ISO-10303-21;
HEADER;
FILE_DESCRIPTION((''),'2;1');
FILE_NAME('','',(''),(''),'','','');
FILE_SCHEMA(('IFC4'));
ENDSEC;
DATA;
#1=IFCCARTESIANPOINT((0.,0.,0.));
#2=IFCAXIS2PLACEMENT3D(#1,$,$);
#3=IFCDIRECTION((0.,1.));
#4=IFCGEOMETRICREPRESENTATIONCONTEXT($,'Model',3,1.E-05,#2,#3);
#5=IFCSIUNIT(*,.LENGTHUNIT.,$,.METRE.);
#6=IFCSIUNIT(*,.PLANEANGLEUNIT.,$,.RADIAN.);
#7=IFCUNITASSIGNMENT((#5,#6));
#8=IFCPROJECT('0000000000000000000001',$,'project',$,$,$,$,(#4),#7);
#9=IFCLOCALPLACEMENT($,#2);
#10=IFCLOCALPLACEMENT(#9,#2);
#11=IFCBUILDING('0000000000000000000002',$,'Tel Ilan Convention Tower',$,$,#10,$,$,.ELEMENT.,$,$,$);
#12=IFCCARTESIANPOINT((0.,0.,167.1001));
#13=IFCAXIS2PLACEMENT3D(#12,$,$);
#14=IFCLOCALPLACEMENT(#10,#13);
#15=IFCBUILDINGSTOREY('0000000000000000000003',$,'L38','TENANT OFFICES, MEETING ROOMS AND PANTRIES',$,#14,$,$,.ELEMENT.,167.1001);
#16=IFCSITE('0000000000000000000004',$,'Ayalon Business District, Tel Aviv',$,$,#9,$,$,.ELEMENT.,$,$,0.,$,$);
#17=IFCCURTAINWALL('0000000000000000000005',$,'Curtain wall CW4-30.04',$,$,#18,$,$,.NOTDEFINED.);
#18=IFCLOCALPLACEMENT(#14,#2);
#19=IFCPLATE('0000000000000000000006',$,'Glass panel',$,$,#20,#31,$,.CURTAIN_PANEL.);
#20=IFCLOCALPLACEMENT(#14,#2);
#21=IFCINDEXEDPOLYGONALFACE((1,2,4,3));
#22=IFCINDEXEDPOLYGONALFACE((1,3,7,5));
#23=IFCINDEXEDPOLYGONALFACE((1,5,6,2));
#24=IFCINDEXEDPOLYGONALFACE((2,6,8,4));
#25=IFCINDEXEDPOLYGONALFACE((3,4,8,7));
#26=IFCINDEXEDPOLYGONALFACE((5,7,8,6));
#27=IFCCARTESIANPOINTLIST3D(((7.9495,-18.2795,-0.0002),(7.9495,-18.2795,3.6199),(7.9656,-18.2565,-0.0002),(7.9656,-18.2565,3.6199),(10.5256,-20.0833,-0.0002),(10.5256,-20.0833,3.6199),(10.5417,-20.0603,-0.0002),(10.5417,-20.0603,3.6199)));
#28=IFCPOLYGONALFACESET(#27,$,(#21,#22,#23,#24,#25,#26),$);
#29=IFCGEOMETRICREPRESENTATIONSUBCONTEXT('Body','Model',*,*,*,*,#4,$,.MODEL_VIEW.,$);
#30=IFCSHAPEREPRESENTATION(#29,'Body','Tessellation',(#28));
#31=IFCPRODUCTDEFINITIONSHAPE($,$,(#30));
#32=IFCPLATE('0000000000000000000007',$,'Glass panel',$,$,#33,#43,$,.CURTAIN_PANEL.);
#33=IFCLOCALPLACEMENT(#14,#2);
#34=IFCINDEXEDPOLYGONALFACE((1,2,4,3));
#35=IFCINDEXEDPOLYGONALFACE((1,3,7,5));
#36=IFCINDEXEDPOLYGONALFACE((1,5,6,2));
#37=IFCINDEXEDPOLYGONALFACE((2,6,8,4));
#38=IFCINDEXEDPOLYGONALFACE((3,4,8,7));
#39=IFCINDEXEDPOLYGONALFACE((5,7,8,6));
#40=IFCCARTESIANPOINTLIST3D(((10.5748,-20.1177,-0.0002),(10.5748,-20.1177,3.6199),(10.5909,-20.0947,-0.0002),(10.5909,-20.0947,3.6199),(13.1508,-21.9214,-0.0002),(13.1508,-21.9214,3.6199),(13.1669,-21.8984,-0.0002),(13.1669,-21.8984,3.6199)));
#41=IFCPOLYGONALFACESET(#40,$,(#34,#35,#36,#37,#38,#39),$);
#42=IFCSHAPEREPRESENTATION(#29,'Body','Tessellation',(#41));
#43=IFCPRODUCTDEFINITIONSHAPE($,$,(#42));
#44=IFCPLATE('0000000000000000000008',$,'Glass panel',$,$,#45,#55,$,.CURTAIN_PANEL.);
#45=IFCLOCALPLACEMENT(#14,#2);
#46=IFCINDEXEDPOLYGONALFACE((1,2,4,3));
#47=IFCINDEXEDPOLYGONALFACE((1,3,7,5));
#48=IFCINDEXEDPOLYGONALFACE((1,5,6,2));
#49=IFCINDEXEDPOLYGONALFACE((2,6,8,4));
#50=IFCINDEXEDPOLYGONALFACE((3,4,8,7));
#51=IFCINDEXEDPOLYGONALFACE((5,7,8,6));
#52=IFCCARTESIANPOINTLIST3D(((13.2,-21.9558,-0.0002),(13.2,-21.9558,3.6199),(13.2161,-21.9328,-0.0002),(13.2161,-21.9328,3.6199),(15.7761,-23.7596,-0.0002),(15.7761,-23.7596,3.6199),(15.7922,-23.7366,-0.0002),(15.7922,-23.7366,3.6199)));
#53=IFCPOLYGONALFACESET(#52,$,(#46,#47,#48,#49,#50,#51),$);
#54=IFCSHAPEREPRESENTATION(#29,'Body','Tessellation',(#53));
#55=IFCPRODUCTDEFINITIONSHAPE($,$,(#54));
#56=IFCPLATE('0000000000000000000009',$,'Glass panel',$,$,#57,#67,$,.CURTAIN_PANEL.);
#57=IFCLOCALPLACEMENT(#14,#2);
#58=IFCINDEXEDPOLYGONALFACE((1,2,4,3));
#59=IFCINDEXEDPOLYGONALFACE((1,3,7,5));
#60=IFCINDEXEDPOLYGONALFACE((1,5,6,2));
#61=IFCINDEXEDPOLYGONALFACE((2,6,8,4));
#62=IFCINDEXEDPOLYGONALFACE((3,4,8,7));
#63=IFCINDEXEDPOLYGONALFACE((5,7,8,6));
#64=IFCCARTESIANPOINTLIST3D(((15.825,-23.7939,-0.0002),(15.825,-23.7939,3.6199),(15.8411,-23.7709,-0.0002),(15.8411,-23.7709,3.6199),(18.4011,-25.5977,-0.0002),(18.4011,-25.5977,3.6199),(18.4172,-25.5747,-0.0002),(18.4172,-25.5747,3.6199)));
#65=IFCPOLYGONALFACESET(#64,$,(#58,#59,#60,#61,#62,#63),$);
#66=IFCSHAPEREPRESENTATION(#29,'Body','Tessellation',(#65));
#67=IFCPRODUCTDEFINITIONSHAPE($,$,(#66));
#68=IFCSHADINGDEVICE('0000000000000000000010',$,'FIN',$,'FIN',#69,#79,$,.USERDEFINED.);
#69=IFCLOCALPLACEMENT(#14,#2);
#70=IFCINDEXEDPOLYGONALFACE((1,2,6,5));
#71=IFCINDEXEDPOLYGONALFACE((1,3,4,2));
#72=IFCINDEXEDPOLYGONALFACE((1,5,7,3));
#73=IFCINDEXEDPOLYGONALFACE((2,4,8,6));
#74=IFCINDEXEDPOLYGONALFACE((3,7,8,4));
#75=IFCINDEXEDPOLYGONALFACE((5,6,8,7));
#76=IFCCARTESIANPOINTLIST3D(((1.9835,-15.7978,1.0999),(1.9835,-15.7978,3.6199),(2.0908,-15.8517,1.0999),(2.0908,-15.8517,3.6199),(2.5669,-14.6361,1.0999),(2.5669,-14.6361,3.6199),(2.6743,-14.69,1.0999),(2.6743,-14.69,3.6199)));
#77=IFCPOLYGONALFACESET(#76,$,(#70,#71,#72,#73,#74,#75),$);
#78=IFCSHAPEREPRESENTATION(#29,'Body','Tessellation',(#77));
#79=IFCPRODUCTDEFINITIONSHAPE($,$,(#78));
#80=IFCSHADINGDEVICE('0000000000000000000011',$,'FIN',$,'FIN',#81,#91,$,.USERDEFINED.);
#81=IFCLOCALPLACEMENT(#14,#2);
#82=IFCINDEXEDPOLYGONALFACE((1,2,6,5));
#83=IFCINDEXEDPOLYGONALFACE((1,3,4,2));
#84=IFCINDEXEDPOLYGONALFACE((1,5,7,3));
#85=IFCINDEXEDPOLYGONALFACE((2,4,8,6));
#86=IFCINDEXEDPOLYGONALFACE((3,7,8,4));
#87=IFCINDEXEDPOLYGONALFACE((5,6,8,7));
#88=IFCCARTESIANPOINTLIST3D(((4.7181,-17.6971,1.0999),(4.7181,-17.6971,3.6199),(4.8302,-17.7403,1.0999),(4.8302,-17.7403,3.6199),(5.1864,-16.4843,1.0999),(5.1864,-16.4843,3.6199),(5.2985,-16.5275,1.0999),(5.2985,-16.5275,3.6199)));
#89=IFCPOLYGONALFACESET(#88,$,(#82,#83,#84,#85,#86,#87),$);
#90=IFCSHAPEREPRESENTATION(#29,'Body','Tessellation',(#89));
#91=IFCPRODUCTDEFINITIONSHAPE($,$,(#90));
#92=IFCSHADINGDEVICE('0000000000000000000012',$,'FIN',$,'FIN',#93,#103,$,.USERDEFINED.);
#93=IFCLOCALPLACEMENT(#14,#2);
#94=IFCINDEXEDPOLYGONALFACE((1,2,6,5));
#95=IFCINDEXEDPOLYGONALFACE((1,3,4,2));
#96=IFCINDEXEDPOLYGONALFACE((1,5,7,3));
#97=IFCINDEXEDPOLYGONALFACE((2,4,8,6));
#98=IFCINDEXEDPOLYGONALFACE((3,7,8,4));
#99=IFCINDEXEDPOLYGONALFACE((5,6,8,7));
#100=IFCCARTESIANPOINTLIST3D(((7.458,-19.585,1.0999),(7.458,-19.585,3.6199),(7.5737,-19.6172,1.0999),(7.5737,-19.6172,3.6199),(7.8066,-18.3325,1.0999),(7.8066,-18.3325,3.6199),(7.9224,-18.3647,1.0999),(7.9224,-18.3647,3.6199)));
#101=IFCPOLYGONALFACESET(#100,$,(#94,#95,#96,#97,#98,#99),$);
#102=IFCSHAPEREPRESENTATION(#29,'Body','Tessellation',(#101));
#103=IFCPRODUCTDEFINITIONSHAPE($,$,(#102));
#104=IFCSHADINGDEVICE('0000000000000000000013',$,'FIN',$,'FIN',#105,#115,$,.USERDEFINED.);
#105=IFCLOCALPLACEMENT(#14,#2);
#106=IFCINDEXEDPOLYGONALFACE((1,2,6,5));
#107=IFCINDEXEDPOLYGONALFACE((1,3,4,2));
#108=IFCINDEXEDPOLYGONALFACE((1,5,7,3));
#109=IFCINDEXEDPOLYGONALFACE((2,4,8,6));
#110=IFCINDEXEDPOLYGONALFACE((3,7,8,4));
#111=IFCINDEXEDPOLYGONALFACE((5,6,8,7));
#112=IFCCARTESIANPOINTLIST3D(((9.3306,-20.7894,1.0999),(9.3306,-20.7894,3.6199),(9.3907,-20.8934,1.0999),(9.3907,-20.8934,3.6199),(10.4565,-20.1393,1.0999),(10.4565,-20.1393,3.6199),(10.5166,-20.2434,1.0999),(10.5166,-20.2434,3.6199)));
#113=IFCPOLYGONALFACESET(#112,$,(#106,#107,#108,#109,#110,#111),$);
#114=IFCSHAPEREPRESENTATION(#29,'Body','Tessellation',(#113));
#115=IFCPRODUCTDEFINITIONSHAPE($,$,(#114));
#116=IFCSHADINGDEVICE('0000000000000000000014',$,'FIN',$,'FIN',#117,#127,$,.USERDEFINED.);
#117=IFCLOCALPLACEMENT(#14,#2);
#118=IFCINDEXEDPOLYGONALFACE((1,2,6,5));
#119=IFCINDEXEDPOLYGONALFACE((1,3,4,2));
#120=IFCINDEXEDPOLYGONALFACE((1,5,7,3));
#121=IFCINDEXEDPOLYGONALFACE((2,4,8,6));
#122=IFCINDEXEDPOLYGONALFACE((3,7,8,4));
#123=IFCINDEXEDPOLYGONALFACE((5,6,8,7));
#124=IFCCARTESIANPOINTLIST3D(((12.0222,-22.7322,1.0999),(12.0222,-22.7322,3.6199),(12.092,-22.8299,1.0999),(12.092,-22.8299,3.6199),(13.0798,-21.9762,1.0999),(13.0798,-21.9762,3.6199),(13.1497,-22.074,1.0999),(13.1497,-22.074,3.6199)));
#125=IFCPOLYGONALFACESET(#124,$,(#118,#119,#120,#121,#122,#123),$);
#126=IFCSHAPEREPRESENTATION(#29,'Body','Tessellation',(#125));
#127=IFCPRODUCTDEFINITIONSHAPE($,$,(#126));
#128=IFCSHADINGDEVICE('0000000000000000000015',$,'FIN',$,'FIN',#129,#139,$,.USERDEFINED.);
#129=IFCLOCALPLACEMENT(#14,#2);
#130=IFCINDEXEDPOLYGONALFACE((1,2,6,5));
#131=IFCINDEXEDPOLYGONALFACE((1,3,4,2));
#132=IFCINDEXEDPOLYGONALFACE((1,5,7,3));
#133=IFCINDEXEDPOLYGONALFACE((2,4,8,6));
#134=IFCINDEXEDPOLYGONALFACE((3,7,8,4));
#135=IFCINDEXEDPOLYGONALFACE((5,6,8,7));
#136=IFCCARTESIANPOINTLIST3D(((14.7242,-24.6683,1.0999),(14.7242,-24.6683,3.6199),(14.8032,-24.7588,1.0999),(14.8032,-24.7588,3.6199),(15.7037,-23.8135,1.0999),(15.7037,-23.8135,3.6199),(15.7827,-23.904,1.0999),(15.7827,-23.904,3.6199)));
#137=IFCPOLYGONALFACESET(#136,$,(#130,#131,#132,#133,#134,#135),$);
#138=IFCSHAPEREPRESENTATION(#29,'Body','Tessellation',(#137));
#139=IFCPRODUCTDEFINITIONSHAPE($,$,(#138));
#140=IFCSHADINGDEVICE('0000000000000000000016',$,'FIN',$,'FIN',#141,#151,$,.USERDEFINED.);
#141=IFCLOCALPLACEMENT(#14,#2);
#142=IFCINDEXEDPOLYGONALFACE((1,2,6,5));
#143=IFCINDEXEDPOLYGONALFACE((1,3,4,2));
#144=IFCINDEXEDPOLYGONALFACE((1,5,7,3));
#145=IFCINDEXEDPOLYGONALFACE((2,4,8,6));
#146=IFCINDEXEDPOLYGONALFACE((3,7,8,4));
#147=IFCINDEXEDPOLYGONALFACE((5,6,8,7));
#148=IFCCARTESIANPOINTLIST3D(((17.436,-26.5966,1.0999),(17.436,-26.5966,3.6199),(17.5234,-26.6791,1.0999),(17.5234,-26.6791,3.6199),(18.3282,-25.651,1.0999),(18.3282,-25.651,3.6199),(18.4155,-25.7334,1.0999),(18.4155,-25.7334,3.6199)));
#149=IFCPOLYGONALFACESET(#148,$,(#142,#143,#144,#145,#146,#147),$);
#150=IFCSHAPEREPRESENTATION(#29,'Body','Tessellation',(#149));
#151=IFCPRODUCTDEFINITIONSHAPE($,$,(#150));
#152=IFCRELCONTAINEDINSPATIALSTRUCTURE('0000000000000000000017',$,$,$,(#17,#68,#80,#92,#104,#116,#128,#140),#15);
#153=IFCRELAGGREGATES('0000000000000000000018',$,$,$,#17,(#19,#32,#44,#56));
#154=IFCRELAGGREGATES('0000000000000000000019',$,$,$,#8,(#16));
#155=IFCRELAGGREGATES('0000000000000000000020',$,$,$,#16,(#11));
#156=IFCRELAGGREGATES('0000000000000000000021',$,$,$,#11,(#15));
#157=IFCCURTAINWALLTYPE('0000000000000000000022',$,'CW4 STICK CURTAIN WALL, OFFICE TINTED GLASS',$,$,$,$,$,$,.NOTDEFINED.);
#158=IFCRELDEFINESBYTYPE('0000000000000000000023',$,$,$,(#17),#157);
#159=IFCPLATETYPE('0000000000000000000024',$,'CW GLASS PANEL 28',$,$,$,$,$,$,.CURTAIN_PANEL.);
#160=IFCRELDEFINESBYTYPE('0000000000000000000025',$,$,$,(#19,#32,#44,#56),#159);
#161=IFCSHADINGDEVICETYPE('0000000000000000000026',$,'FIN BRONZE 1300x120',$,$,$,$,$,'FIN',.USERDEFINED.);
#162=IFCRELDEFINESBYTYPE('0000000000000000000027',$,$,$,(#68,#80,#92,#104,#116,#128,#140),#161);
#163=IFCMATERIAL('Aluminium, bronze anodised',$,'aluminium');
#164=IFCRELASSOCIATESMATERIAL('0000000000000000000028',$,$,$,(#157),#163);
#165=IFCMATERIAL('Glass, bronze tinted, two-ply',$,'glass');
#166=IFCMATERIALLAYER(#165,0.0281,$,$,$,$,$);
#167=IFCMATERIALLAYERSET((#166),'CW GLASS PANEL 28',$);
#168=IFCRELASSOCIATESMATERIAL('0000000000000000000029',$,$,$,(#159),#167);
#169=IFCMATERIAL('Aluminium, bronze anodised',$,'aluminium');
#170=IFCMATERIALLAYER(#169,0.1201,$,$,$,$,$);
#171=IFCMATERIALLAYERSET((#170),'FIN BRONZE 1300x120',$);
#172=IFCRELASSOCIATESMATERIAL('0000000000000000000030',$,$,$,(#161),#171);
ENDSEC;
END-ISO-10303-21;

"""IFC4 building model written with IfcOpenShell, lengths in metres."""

from ifc_helpers import new_model, si_unit, direction, frame, origin, origin_2d, place, context, subcontext, project, spatial, rectangle, extrude, material, layer, layer_set, type_object, element, aggregate, save


model = new_model("IFC4")

# Units and contexts
model_context = context("Model", 3, precision=1e-05, world=origin(), true_north=direction((0.0, 1.0)))
body_context = subcontext(model_context, "Body", "Model", "MODEL_VIEW")
ifc_project = project(units=[si_unit("LENGTHUNIT", "METRE"), si_unit("PLANEANGLEUNIT", "RADIAN")], contexts=[model_context])

# Site, building, storey
site_placement = place(None, origin())
site = spatial("IfcSite", under=ifc_project, at=site_placement, Name="Ayalon Business District, Tel Aviv", CompositionType="ELEMENT", RefElevation=0.0)
building_placement = place(site_placement, origin())
building = spatial("IfcBuilding", under=site, at=building_placement, Name="Tel Ilan Convention Tower", CompositionType="ELEMENT")
storey_placement = place(building_placement, frame((0.0, 0.0, 167.1001)))
storey = spatial("IfcBuildingStorey", under=building, at=storey_placement, Name="L38", Description="TENANT OFFICES, MEETING ROOMS AND PANTRIES", CompositionType="ELEMENT", Elevation=167.1001)

# Curtain wall, plates
ifc_material_1 = material(Name="Aluminium, bronze anodised", Category="aluminium")
curtain_wall_type = type_object("IfcCurtainWallType", Name="CW4 STICK CURTAIN WALL, OFFICE TINTED GLASS", PredefinedType="NOTDEFINED", material=ifc_material_1)
curtain_wall_placement = place(storey_placement, origin())
curtain_wall = element("IfcCurtainWall", 1, at=curtain_wall_placement, inside=storey, type_object=curtain_wall_type, Name="Curtain wall CW4-30.04", PredefinedType="NOTDEFINED")
ifc_material_2 = material(Name="Glass, bronze tinted, two-ply", Category="glass")
ifc_layer_1 = layer(ifc_material_2, 0.0281)
ifc_layer_set_1 = layer_set([ifc_layer_1], Name="CW GLASS PANEL 28")
plate_type = type_object("IfcPlateType", Name="CW GLASS PANEL 28", PredefinedType="CURTAIN_PANEL", material=ifc_layer_set_1)
plate_1_placement = place(storey_placement, frame((9.2456, -19.1699, -0.0002), z_axis=(0.0, 0.0, 1.0), x_axis=(0.819152, -0.573576, 0.0)))
plate_1 = element("IfcPlate", 2, at=plate_1_placement, type_object=plate_type, Name="Glass panel", PredefinedType="CURTAIN_PANEL", context=body_context, shape_type="SweptSolid", body=[
    extrude(rectangle(XDim=3.1448, YDim=0.0281, at=origin_2d()), origin(), (0.0, 0.0, 1.0), 3.6201),
])
plate_2_placement = place(storey_placement, frame((11.8708, -21.0081, -0.0002), z_axis=(0.0, 0.0, 1.0), x_axis=(0.819152, -0.573576, 0.0)))
plate_2 = element("IfcPlate", 3, at=plate_2_placement, type_object=plate_type, Name="Glass panel", PredefinedType="CURTAIN_PANEL", context=body_context, shape_type="SweptSolid", body=[
    extrude(rectangle(XDim=3.1448, YDim=0.0281, at=origin_2d()), origin(), (0.0, 0.0, 1.0), 3.6201),
])
plate_3_placement = place(storey_placement, frame((14.4961, -22.8462, -0.0002), z_axis=(0.0, 0.0, 1.0), x_axis=(0.819152, -0.573576, 0.0)))
plate_3 = element("IfcPlate", 4, at=plate_3_placement, type_object=plate_type, Name="Glass panel", PredefinedType="CURTAIN_PANEL", context=body_context, shape_type="SweptSolid", body=[
    extrude(rectangle(XDim=3.1448, YDim=0.0281, at=origin_2d()), origin(), (0.0, 0.0, 1.0), 3.6201),
])
plate_4_placement = place(storey_placement, frame((17.1211, -24.6843, -0.0002), z_axis=(0.0, 0.0, 1.0), x_axis=(0.819152, -0.573576, 0.0)))
plate_4 = element("IfcPlate", 5, at=plate_4_placement, type_object=plate_type, Name="Glass panel", PredefinedType="CURTAIN_PANEL", context=body_context, shape_type="SweptSolid", body=[
    extrude(rectangle(XDim=3.1448, YDim=0.0281, at=origin_2d()), origin(), (0.0, 0.0, 1.0), 3.6201),
])
aggregate(curtain_wall, [plate_1, plate_2, plate_3, plate_4])

# Shading devices
ifc_material_3 = material(Name="Aluminium, bronze anodised", Category="aluminium")
ifc_layer_2 = layer(ifc_material_3, 0.1201)
ifc_layer_set_2 = layer_set([ifc_layer_2], Name="FIN BRONZE 1300x120")
shading_device_type = type_object("IfcShadingDeviceType", Name="FIN BRONZE 1300x120", ElementType="FIN", PredefinedType="USERDEFINED", material=ifc_layer_set_2)
for number, where, z_axis, x_axis, name in (
    (6, (2.3289, -15.2439, 1.0999), (0.0, 0.0, 1.0), (-0.448799, -0.893633, 0.0), "FIN"),
    (7, (5.0083, -17.1123, 1.0999), (0.0, 0.0, 1.0), (-0.360178, -0.932884, 0.0), "FIN"),
    (8, (7.6902, -18.9749, 1.0999), (0.0, 0.0, 1.0), (-0.268173, -0.963371, 0.0), "FIN"),
    (9, (9.9236, -20.5164, 1.0999), (0.0, 0.0, 1.0), (-0.866025, -0.5, 0.0), "FIN"),
    (10, (12.5859, -22.4031, 1.0999), (0.0, 0.0, 1.0), (-0.813552, -0.581492, 0.0), "FIN"),
    (11, (15.2534, -24.2861, 1.0999), (0.0, 0.0, 1.0), (-0.753436, -0.657521, 0.0), "FIN"),
    (12, (17.9258, -26.165, 1.0999), (0.0, 0.0, 1.0), (-0.686242, -0.727374, 0.0), "FIN"),
):
    element("IfcShadingDevice", number, at=place(storey_placement, frame(where, z_axis=z_axis, x_axis=x_axis)), inside=storey, type_object=shading_device_type, Name=name, ObjectType="FIN", PredefinedType="USERDEFINED", context=body_context, shape_type="SweptSolid", body=[
        extrude(rectangle(XDim=1.3, YDim=0.1201, at=origin_2d()), origin(), (0.0, 0.0, 1.0), 2.52),
    ])

save(model, "model.ifc")
